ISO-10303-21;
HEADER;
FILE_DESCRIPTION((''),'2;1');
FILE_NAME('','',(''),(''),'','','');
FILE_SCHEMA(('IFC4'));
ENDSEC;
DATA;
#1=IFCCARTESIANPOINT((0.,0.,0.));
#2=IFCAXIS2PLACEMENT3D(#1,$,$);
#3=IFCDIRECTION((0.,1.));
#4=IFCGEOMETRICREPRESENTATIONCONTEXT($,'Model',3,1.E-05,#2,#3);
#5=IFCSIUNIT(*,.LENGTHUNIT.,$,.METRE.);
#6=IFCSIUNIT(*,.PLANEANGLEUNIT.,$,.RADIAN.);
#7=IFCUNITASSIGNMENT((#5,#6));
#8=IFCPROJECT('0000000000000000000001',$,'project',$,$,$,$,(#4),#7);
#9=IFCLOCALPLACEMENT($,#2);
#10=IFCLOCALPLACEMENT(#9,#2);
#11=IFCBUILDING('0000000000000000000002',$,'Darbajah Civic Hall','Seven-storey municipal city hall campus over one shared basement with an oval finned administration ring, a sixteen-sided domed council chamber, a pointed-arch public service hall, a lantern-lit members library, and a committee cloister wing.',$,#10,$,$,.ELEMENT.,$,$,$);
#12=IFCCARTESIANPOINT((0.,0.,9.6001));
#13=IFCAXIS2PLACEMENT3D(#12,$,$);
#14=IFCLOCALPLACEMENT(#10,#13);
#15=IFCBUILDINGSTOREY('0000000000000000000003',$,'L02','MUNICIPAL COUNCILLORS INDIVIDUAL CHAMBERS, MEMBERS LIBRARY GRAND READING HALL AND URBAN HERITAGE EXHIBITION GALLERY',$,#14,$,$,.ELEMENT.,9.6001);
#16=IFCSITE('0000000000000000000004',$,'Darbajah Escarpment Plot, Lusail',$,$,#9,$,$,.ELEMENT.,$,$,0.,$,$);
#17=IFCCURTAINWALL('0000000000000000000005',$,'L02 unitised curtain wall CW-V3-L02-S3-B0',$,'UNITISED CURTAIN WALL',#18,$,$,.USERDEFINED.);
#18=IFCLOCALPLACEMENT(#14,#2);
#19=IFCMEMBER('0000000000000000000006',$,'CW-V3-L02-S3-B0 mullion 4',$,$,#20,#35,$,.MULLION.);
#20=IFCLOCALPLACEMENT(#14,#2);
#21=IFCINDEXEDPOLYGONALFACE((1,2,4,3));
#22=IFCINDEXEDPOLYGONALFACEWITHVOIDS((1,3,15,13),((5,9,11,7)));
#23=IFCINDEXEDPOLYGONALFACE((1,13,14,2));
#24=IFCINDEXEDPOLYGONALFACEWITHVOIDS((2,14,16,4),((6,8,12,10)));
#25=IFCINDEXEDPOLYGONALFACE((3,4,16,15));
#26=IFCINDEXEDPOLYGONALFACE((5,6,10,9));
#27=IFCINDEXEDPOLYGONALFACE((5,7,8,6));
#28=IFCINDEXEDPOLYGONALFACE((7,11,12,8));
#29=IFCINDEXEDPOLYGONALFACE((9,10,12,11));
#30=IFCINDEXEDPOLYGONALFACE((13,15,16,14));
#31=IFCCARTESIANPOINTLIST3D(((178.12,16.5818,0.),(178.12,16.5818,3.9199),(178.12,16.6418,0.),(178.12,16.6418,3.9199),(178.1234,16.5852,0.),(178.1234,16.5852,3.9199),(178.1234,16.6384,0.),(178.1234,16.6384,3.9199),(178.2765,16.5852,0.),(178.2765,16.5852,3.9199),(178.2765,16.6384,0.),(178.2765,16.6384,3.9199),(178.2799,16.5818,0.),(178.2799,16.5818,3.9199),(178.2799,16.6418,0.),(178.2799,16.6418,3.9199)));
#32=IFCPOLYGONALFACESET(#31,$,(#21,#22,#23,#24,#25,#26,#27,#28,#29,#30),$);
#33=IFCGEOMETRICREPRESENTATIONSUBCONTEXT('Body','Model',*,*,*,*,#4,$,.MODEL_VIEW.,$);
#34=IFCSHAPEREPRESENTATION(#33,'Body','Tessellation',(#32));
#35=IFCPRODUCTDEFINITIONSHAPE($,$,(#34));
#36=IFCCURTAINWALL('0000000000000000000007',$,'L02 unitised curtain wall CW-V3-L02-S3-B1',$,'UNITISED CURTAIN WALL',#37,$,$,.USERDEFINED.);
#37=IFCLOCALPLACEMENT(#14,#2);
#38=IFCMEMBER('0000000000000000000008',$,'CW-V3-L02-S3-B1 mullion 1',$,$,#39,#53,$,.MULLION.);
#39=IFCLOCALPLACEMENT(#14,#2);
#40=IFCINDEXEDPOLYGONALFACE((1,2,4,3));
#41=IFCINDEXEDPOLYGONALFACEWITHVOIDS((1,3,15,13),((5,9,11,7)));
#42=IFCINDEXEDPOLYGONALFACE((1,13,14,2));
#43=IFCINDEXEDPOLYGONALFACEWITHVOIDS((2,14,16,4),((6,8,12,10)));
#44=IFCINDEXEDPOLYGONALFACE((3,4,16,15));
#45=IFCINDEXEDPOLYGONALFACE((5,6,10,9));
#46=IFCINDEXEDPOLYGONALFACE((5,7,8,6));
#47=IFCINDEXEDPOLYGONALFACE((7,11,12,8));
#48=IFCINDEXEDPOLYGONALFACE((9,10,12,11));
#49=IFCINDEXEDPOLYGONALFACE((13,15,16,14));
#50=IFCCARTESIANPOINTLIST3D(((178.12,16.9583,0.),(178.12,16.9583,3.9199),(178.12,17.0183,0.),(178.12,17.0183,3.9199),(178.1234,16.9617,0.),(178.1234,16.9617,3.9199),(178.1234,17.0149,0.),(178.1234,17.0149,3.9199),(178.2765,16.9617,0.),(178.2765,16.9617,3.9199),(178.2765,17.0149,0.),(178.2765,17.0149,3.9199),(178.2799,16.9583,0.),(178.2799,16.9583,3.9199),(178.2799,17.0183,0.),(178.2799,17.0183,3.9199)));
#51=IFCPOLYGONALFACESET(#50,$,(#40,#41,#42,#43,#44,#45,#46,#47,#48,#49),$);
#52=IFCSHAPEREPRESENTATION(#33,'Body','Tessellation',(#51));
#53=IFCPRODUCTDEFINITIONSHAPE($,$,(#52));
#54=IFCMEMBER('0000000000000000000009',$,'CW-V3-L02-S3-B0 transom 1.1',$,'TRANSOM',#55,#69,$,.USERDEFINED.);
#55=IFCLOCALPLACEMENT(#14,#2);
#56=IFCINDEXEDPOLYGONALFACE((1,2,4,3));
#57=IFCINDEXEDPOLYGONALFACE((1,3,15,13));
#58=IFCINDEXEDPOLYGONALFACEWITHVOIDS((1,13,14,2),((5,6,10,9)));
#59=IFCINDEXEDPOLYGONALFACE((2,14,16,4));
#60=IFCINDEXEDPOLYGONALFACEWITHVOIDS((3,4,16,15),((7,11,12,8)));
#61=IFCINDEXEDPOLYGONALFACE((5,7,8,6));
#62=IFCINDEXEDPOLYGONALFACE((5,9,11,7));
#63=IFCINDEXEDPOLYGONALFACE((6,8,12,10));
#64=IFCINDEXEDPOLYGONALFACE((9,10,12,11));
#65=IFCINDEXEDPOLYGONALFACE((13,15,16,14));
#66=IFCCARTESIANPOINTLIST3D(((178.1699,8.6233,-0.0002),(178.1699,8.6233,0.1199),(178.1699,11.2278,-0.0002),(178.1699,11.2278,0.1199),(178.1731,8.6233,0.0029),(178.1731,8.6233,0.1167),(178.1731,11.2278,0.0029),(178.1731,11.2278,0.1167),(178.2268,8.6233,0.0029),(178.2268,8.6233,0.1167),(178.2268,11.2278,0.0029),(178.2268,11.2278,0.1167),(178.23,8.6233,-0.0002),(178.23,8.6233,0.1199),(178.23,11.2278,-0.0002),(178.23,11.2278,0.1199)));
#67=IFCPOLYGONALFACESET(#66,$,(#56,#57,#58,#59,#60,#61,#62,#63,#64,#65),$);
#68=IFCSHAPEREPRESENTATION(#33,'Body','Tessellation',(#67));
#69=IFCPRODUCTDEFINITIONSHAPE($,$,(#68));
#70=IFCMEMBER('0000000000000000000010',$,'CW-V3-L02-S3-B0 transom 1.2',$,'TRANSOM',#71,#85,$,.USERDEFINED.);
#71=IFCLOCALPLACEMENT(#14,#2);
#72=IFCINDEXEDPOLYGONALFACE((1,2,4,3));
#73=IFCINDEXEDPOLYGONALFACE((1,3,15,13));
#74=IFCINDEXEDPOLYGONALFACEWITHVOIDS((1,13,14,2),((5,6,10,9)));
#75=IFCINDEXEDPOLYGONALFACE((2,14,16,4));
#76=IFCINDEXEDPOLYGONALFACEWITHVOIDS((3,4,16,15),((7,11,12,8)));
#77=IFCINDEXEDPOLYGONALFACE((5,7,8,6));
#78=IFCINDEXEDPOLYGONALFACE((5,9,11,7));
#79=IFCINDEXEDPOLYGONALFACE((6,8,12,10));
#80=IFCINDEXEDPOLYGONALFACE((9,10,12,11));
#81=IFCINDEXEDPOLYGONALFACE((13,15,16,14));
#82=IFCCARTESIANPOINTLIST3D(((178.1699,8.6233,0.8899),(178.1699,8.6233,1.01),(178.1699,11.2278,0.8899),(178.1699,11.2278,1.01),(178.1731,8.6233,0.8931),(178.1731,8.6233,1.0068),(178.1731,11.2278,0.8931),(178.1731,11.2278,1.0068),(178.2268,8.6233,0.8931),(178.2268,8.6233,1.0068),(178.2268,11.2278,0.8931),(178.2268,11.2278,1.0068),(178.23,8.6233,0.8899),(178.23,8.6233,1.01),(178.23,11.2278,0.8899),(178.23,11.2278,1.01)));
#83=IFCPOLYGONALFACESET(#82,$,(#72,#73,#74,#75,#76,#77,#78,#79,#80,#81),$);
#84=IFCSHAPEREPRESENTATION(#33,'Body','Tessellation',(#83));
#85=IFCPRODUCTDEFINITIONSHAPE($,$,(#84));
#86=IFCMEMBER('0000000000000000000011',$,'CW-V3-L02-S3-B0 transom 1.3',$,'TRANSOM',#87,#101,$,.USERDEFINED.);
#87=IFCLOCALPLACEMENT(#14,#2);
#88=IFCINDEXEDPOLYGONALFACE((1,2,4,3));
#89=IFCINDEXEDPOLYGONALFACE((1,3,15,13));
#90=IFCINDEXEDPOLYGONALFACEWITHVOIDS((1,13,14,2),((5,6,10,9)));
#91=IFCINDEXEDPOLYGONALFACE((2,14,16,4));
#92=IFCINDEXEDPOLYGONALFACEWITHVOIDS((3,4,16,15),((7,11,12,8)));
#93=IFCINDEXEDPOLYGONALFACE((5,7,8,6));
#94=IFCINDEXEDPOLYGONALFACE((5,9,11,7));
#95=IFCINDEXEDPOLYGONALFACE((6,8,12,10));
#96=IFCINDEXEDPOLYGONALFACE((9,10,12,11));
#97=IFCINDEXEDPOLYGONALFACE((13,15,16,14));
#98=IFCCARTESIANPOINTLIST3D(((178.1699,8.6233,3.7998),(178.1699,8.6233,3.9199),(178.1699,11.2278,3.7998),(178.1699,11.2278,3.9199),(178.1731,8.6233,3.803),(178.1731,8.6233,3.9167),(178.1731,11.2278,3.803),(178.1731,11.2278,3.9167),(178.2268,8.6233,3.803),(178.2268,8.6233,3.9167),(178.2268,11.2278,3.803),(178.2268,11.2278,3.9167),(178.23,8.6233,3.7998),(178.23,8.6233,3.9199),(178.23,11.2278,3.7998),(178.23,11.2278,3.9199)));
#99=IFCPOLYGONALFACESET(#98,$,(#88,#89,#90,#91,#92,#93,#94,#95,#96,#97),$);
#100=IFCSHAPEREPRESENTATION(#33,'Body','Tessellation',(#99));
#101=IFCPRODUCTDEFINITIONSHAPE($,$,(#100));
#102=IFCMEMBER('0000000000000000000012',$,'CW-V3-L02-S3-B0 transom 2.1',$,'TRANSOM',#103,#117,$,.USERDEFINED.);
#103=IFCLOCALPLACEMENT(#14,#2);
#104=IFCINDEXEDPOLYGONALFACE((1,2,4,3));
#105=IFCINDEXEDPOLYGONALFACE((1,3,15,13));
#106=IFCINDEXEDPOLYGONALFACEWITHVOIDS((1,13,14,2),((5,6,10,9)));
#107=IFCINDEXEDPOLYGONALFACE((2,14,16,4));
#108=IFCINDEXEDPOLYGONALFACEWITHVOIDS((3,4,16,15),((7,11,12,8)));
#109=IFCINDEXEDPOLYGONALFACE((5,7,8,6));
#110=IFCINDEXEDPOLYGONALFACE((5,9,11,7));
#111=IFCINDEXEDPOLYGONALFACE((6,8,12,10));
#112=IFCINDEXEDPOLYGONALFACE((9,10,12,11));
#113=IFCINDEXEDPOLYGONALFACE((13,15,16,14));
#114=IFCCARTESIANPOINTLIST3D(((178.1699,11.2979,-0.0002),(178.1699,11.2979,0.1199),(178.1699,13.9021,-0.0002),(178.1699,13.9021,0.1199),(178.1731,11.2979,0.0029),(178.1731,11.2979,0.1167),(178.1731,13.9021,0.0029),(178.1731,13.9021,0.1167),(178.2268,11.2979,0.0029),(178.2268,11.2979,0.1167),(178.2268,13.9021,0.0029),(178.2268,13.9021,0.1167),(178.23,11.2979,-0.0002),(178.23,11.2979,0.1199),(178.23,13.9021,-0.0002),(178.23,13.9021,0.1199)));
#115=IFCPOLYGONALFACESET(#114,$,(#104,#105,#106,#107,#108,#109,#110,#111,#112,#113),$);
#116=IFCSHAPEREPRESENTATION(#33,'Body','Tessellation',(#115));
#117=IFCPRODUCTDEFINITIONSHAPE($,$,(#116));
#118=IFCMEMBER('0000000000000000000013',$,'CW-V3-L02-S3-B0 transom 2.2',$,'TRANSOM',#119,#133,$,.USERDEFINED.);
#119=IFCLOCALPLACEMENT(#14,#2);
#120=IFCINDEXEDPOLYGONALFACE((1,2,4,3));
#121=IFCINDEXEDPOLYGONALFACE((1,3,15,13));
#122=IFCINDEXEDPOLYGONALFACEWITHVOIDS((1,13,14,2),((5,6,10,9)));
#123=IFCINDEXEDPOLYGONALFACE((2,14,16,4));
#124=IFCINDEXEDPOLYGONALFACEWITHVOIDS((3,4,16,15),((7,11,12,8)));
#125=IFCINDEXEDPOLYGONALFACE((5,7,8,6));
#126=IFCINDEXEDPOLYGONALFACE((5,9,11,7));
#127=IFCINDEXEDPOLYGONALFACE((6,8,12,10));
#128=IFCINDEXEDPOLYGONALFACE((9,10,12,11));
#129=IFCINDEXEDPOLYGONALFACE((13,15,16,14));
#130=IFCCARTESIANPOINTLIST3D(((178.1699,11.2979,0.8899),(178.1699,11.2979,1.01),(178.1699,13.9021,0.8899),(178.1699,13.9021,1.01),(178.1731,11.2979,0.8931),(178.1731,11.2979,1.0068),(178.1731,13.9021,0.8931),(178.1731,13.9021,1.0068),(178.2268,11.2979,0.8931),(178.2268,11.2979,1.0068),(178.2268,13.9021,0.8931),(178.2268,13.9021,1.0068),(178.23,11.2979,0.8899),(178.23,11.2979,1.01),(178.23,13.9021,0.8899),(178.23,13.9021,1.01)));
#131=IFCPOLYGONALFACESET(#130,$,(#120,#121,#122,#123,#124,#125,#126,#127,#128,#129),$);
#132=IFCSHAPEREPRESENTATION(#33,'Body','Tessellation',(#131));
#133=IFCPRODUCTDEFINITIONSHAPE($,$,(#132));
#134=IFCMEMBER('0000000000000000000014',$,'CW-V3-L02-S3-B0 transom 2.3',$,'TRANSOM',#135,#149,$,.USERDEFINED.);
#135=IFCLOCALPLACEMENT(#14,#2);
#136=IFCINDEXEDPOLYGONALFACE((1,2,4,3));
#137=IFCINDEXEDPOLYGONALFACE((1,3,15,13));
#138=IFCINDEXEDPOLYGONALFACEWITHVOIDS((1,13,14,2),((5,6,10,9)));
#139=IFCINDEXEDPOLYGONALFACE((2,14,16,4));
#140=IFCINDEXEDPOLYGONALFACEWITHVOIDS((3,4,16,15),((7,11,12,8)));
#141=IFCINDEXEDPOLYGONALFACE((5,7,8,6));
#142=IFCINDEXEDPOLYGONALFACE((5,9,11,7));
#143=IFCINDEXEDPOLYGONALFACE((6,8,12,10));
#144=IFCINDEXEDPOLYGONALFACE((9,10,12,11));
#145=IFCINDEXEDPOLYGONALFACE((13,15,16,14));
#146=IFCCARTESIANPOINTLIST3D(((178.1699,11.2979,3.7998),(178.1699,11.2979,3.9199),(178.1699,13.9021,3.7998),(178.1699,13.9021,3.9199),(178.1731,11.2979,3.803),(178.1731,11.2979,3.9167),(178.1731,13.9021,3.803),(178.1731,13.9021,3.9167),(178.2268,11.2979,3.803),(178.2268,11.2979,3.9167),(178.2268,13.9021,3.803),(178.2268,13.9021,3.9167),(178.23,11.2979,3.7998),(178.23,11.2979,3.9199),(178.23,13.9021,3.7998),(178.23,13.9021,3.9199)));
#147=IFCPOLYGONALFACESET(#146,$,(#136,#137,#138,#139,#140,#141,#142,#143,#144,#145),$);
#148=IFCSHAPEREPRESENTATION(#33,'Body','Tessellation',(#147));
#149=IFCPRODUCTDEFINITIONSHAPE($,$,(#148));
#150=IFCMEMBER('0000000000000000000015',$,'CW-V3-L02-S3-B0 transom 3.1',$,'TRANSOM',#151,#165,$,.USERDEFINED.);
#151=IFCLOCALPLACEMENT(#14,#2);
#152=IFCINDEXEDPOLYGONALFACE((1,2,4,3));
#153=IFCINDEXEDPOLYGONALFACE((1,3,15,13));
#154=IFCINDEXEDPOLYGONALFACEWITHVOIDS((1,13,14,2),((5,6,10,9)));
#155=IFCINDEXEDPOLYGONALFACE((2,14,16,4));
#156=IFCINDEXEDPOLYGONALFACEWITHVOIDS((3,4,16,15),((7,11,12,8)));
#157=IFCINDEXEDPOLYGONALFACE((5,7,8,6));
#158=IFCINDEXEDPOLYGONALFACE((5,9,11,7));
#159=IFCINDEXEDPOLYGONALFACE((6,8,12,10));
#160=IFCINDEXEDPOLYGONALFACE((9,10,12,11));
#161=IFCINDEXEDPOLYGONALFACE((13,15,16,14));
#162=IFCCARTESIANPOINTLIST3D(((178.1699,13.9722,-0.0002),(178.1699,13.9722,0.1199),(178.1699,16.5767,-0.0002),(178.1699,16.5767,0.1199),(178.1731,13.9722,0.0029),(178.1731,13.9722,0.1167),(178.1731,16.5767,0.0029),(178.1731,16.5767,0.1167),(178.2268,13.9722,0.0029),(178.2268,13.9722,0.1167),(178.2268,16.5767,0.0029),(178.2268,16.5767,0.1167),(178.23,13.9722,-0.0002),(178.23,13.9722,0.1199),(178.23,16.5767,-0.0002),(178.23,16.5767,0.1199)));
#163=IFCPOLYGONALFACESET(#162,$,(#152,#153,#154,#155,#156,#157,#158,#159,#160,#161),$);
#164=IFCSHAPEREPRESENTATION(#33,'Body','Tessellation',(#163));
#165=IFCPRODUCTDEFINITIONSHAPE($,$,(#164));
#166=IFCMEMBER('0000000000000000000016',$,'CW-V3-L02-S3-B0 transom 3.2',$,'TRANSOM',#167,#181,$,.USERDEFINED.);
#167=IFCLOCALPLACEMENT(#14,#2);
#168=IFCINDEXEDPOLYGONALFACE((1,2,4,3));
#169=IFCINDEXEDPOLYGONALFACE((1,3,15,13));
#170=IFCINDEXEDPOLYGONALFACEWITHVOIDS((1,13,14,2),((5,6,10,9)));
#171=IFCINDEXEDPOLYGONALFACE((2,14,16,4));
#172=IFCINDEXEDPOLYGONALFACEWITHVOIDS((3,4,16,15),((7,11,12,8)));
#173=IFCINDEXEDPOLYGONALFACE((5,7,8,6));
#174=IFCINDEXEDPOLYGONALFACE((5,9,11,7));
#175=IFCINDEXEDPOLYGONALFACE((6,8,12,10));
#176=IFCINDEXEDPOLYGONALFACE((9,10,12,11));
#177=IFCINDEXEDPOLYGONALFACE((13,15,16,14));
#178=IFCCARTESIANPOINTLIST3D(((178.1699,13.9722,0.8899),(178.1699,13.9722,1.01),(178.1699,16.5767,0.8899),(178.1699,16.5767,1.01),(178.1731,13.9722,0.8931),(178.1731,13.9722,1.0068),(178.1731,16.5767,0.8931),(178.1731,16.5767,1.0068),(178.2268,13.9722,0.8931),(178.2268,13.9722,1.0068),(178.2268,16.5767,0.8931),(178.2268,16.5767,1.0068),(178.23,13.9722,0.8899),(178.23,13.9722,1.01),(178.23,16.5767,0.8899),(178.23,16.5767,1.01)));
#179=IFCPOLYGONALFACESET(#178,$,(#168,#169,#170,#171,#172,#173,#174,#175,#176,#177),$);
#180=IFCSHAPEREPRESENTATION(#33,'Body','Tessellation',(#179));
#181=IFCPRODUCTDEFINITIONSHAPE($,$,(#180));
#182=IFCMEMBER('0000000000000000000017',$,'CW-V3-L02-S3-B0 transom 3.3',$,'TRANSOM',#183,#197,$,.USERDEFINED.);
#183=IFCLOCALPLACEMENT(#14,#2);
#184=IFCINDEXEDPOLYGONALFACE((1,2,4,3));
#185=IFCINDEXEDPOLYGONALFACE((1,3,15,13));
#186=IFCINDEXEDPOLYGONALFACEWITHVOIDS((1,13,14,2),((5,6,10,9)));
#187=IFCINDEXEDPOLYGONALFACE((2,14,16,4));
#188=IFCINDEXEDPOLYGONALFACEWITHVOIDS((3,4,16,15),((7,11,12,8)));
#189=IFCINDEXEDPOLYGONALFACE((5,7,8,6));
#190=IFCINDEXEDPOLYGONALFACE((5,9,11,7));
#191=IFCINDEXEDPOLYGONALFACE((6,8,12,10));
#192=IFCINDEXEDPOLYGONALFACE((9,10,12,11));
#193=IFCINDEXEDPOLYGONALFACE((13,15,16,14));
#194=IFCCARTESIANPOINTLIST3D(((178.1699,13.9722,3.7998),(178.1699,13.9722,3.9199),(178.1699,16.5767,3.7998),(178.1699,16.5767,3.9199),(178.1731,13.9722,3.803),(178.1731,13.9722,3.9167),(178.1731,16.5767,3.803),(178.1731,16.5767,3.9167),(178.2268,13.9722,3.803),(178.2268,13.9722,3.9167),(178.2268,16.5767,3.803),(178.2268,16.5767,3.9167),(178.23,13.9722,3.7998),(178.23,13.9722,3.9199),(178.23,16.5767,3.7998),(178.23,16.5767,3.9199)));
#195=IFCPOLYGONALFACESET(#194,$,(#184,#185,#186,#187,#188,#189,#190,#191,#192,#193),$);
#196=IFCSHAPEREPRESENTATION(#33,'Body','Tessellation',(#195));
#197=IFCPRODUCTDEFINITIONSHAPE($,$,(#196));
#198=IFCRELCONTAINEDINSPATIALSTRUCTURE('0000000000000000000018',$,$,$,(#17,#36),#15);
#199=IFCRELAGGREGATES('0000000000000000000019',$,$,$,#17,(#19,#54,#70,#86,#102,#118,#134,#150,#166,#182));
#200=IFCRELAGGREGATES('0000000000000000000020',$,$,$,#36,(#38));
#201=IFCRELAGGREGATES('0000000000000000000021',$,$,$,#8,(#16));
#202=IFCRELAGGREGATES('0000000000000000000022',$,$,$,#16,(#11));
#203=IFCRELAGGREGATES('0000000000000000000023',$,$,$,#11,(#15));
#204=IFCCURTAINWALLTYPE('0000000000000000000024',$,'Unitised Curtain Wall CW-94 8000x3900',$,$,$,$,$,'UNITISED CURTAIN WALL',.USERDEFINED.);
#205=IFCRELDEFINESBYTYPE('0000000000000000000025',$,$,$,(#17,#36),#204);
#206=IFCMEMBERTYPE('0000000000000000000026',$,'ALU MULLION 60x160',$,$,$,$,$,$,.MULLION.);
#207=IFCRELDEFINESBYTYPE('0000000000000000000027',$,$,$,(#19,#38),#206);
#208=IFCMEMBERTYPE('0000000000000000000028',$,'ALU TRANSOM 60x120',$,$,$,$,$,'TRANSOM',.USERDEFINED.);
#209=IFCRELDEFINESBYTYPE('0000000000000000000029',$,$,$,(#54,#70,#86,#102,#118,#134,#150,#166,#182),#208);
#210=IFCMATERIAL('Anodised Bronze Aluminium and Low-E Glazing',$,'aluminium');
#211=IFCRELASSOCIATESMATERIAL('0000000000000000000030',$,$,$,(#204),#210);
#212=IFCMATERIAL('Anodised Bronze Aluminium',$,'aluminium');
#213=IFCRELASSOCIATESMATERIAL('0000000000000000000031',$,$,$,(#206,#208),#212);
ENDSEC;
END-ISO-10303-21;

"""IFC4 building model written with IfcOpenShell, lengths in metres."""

from ifc_helpers import new_model, si_unit, direction, frame, origin, origin_2d, place, context, subcontext, project, spatial, hollow_rectangle, extrude, material, material_profile, profile_set, type_object, element, aggregate, save


model = new_model("IFC4")

# Units and contexts
model_context = context("Model", 3, precision=1e-05, world=origin(), true_north=direction((0.0, 1.0)))
body_context = subcontext(model_context, "Body", "Model", "MODEL_VIEW")
ifc_project = project(units=[si_unit("LENGTHUNIT", "METRE"), si_unit("PLANEANGLEUNIT", "RADIAN")], contexts=[model_context])

# Site, building, storey
site_placement = place(None, origin())
site = spatial("IfcSite", under=ifc_project, at=site_placement, Name="Darbajah Escarpment Plot, Lusail", CompositionType="ELEMENT", RefElevation=0.0)
building_placement = place(site_placement, origin())
building = spatial("IfcBuilding", under=site, at=building_placement, Name="Darbajah Civic Hall", Description="Seven-storey municipal city hall campus over one shared basement with an oval finned administration ring, a sixteen-sided domed council chamber, a pointed-arch public service hall, a lantern-lit members library, and a committee cloister wing.", CompositionType="ELEMENT")
storey_placement = place(building_placement, frame((0.0, 0.0, 9.6001)))
storey = spatial("IfcBuildingStorey", under=building, at=storey_placement, Name="L02", Description="MUNICIPAL COUNCILLORS INDIVIDUAL CHAMBERS, MEMBERS LIBRARY GRAND READING HALL AND URBAN HERITAGE EXHIBITION GALLERY", CompositionType="ELEMENT", Elevation=9.6001)

# Curtain wall, member
ifc_material_1 = material(Name="Anodised Bronze Aluminium and Low-E Glazing", Category="aluminium")
curtain_wall_type = type_object("IfcCurtainWallType", Name="Unitised Curtain Wall CW-94 8000x3900", ElementType="UNITISED CURTAIN WALL", PredefinedType="USERDEFINED", material=ifc_material_1)
curtain_wall_1_placement = place(storey_placement, origin())
curtain_wall_1 = element("IfcCurtainWall", 1, at=curtain_wall_1_placement, inside=storey, type_object=curtain_wall_type, Name="L02 unitised curtain wall CW-V3-L02-S3-B0", ObjectType="UNITISED CURTAIN WALL", PredefinedType="USERDEFINED")
ifc_material_2 = material(Name="Anodised Bronze Aluminium", Category="aluminium")
ifc_material_profile_1 = material_profile(ifc_material_2, hollow_rectangle(XDim=0.0601, YDim=0.1599, WallThickness=0.0034, at=origin_2d()), Name="ALU MULLION 60x160")
ifc_profile_set_1 = profile_set([ifc_material_profile_1], Name="Anodised Bronze Aluminium")
member_type_1 = type_object("IfcMemberType", Name="ALU MULLION 60x160", PredefinedType="MULLION", material=ifc_profile_set_1)
member_1_placement = place(storey_placement, frame((178.2, 16.6118, 0.0), z_axis=(0.0, 0.0, 1.0), x_axis=(0.0, 1.0, 0.0)))
member_1 = element("IfcMember", 2, at=member_1_placement, type_object=member_type_1, Name="CW-V3-L02-S3-B0 mullion 4", PredefinedType="MULLION", context=body_context, shape_type="SweptSolid", body=[
    extrude(hollow_rectangle(XDim=0.0601, YDim=0.1599, WallThickness=0.0034, at=origin_2d()), origin(), (0.0, 0.0, 1.0), 3.9199),
])

# Curtain wall, member
curtain_wall_2_placement = place(storey_placement, origin())
curtain_wall_2 = element("IfcCurtainWall", 3, at=curtain_wall_2_placement, inside=storey, type_object=curtain_wall_type, Name="L02 unitised curtain wall CW-V3-L02-S3-B1", ObjectType="UNITISED CURTAIN WALL", PredefinedType="USERDEFINED")
member_2_placement = place(storey_placement, frame((178.2, 16.9883, 0.0), z_axis=(0.0, 0.0, 1.0), x_axis=(0.0, 1.0, 0.0)))
member_2 = element("IfcMember", 4, at=member_2_placement, type_object=member_type_1, Name="CW-V3-L02-S3-B1 mullion 1", PredefinedType="MULLION", context=body_context, shape_type="SweptSolid", body=[
    extrude(hollow_rectangle(XDim=0.0601, YDim=0.1599, WallThickness=0.0034, at=origin_2d()), origin(), (0.0, 0.0, 1.0), 3.9199),
])

# Members
ifc_material_profile_2 = material_profile(ifc_material_2, hollow_rectangle(XDim=0.0601, YDim=0.1201, WallThickness=0.0032, at=origin_2d()), Name="ALU TRANSOM 60x120")
ifc_profile_set_2 = profile_set([ifc_material_profile_2], Name="Anodised Bronze Aluminium")
member_type_2 = type_object("IfcMemberType", Name="ALU TRANSOM 60x120", ElementType="TRANSOM", PredefinedType="USERDEFINED", material=ifc_profile_set_2)
member_3_placement = place(storey_placement, frame((178.2, 8.6233, 0.0598), z_axis=(0.0, 1.0, 0.0), x_axis=(-1.0, 0.0, 0.0)))
member_3 = element("IfcMember", 5, at=member_3_placement, type_object=member_type_2, Name="CW-V3-L02-S3-B0 transom 1.1", ObjectType="TRANSOM", PredefinedType="USERDEFINED", context=body_context, shape_type="SweptSolid", body=[
    extrude(hollow_rectangle(XDim=0.0601, YDim=0.1201, WallThickness=0.0032, at=origin_2d()), origin(), (0.0, 0.0, 1.0), 2.6045),
])
member_4_placement = place(storey_placement, frame((178.2, 8.6233, 0.95), z_axis=(0.0, 1.0, 0.0), x_axis=(-1.0, 0.0, 0.0)))
member_4 = element("IfcMember", 6, at=member_4_placement, type_object=member_type_2, Name="CW-V3-L02-S3-B0 transom 1.2", ObjectType="TRANSOM", PredefinedType="USERDEFINED", context=body_context, shape_type="SweptSolid", body=[
    extrude(hollow_rectangle(XDim=0.0601, YDim=0.1201, WallThickness=0.0032, at=origin_2d()), origin(), (0.0, 0.0, 1.0), 2.6045),
])
member_5_placement = place(storey_placement, frame((178.2, 8.6233, 3.8599), z_axis=(0.0, 1.0, 0.0), x_axis=(-1.0, 0.0, 0.0)))
member_5 = element("IfcMember", 7, at=member_5_placement, type_object=member_type_2, Name="CW-V3-L02-S3-B0 transom 1.3", ObjectType="TRANSOM", PredefinedType="USERDEFINED", context=body_context, shape_type="SweptSolid", body=[
    extrude(hollow_rectangle(XDim=0.0601, YDim=0.1201, WallThickness=0.0032, at=origin_2d()), origin(), (0.0, 0.0, 1.0), 2.6045),
])
member_6_placement = place(storey_placement, frame((178.2, 11.2979, 0.0598), z_axis=(0.0, 1.0, 0.0), x_axis=(-1.0, 0.0, 0.0)))
member_6 = element("IfcMember", 8, at=member_6_placement, type_object=member_type_2, Name="CW-V3-L02-S3-B0 transom 2.1", ObjectType="TRANSOM", PredefinedType="USERDEFINED", context=body_context, shape_type="SweptSolid", body=[
    extrude(hollow_rectangle(XDim=0.0601, YDim=0.1201, WallThickness=0.0032, at=origin_2d()), origin(), (0.0, 0.0, 1.0), 2.6042),
])
member_7_placement = place(storey_placement, frame((178.2, 11.2979, 0.95), z_axis=(0.0, 1.0, 0.0), x_axis=(-1.0, 0.0, 0.0)))
member_7 = element("IfcMember", 9, at=member_7_placement, type_object=member_type_2, Name="CW-V3-L02-S3-B0 transom 2.2", ObjectType="TRANSOM", PredefinedType="USERDEFINED", context=body_context, shape_type="SweptSolid", body=[
    extrude(hollow_rectangle(XDim=0.0601, YDim=0.1201, WallThickness=0.0032, at=origin_2d()), origin(), (0.0, 0.0, 1.0), 2.6042),
])
member_8_placement = place(storey_placement, frame((178.2, 11.2979, 3.8599), z_axis=(0.0, 1.0, 0.0), x_axis=(-1.0, 0.0, 0.0)))
member_8 = element("IfcMember", 10, at=member_8_placement, type_object=member_type_2, Name="CW-V3-L02-S3-B0 transom 2.3", ObjectType="TRANSOM", PredefinedType="USERDEFINED", context=body_context, shape_type="SweptSolid", body=[
    extrude(hollow_rectangle(XDim=0.0601, YDim=0.1201, WallThickness=0.0032, at=origin_2d()), origin(), (0.0, 0.0, 1.0), 2.6042),
])
member_9_placement = place(storey_placement, frame((178.2, 13.9722, 0.0598), z_axis=(0.0, 1.0, 0.0), x_axis=(-1.0, 0.0, 0.0)))
member_9 = element("IfcMember", 11, at=member_9_placement, type_object=member_type_2, Name="CW-V3-L02-S3-B0 transom 3.1", ObjectType="TRANSOM", PredefinedType="USERDEFINED", context=body_context, shape_type="SweptSolid", body=[
    extrude(hollow_rectangle(XDim=0.0601, YDim=0.1201, WallThickness=0.0032, at=origin_2d()), origin(), (0.0, 0.0, 1.0), 2.6045),
])
member_10_placement = place(storey_placement, frame((178.2, 13.9722, 0.95), z_axis=(0.0, 1.0, 0.0), x_axis=(-1.0, 0.0, 0.0)))
member_10 = element("IfcMember", 12, at=member_10_placement, type_object=member_type_2, Name="CW-V3-L02-S3-B0 transom 3.2", ObjectType="TRANSOM", PredefinedType="USERDEFINED", context=body_context, shape_type="SweptSolid", body=[
    extrude(hollow_rectangle(XDim=0.0601, YDim=0.1201, WallThickness=0.0032, at=origin_2d()), origin(), (0.0, 0.0, 1.0), 2.6045),
])
member_11_placement = place(storey_placement, frame((178.2, 13.9722, 3.8599), z_axis=(0.0, 1.0, 0.0), x_axis=(-1.0, 0.0, 0.0)))
member_11 = element("IfcMember", 13, at=member_11_placement, type_object=member_type_2, Name="CW-V3-L02-S3-B0 transom 3.3", ObjectType="TRANSOM", PredefinedType="USERDEFINED", context=body_context, shape_type="SweptSolid", body=[
    extrude(hollow_rectangle(XDim=0.0601, YDim=0.1201, WallThickness=0.0032, at=origin_2d()), origin(), (0.0, 0.0, 1.0), 2.6045),
])

aggregate(curtain_wall_1, [member_1, member_3, member_4, member_5, member_6, member_7, member_8, member_9, member_10, member_11])
aggregate(curtain_wall_2, [member_2])

save(model, "model.ifc")
